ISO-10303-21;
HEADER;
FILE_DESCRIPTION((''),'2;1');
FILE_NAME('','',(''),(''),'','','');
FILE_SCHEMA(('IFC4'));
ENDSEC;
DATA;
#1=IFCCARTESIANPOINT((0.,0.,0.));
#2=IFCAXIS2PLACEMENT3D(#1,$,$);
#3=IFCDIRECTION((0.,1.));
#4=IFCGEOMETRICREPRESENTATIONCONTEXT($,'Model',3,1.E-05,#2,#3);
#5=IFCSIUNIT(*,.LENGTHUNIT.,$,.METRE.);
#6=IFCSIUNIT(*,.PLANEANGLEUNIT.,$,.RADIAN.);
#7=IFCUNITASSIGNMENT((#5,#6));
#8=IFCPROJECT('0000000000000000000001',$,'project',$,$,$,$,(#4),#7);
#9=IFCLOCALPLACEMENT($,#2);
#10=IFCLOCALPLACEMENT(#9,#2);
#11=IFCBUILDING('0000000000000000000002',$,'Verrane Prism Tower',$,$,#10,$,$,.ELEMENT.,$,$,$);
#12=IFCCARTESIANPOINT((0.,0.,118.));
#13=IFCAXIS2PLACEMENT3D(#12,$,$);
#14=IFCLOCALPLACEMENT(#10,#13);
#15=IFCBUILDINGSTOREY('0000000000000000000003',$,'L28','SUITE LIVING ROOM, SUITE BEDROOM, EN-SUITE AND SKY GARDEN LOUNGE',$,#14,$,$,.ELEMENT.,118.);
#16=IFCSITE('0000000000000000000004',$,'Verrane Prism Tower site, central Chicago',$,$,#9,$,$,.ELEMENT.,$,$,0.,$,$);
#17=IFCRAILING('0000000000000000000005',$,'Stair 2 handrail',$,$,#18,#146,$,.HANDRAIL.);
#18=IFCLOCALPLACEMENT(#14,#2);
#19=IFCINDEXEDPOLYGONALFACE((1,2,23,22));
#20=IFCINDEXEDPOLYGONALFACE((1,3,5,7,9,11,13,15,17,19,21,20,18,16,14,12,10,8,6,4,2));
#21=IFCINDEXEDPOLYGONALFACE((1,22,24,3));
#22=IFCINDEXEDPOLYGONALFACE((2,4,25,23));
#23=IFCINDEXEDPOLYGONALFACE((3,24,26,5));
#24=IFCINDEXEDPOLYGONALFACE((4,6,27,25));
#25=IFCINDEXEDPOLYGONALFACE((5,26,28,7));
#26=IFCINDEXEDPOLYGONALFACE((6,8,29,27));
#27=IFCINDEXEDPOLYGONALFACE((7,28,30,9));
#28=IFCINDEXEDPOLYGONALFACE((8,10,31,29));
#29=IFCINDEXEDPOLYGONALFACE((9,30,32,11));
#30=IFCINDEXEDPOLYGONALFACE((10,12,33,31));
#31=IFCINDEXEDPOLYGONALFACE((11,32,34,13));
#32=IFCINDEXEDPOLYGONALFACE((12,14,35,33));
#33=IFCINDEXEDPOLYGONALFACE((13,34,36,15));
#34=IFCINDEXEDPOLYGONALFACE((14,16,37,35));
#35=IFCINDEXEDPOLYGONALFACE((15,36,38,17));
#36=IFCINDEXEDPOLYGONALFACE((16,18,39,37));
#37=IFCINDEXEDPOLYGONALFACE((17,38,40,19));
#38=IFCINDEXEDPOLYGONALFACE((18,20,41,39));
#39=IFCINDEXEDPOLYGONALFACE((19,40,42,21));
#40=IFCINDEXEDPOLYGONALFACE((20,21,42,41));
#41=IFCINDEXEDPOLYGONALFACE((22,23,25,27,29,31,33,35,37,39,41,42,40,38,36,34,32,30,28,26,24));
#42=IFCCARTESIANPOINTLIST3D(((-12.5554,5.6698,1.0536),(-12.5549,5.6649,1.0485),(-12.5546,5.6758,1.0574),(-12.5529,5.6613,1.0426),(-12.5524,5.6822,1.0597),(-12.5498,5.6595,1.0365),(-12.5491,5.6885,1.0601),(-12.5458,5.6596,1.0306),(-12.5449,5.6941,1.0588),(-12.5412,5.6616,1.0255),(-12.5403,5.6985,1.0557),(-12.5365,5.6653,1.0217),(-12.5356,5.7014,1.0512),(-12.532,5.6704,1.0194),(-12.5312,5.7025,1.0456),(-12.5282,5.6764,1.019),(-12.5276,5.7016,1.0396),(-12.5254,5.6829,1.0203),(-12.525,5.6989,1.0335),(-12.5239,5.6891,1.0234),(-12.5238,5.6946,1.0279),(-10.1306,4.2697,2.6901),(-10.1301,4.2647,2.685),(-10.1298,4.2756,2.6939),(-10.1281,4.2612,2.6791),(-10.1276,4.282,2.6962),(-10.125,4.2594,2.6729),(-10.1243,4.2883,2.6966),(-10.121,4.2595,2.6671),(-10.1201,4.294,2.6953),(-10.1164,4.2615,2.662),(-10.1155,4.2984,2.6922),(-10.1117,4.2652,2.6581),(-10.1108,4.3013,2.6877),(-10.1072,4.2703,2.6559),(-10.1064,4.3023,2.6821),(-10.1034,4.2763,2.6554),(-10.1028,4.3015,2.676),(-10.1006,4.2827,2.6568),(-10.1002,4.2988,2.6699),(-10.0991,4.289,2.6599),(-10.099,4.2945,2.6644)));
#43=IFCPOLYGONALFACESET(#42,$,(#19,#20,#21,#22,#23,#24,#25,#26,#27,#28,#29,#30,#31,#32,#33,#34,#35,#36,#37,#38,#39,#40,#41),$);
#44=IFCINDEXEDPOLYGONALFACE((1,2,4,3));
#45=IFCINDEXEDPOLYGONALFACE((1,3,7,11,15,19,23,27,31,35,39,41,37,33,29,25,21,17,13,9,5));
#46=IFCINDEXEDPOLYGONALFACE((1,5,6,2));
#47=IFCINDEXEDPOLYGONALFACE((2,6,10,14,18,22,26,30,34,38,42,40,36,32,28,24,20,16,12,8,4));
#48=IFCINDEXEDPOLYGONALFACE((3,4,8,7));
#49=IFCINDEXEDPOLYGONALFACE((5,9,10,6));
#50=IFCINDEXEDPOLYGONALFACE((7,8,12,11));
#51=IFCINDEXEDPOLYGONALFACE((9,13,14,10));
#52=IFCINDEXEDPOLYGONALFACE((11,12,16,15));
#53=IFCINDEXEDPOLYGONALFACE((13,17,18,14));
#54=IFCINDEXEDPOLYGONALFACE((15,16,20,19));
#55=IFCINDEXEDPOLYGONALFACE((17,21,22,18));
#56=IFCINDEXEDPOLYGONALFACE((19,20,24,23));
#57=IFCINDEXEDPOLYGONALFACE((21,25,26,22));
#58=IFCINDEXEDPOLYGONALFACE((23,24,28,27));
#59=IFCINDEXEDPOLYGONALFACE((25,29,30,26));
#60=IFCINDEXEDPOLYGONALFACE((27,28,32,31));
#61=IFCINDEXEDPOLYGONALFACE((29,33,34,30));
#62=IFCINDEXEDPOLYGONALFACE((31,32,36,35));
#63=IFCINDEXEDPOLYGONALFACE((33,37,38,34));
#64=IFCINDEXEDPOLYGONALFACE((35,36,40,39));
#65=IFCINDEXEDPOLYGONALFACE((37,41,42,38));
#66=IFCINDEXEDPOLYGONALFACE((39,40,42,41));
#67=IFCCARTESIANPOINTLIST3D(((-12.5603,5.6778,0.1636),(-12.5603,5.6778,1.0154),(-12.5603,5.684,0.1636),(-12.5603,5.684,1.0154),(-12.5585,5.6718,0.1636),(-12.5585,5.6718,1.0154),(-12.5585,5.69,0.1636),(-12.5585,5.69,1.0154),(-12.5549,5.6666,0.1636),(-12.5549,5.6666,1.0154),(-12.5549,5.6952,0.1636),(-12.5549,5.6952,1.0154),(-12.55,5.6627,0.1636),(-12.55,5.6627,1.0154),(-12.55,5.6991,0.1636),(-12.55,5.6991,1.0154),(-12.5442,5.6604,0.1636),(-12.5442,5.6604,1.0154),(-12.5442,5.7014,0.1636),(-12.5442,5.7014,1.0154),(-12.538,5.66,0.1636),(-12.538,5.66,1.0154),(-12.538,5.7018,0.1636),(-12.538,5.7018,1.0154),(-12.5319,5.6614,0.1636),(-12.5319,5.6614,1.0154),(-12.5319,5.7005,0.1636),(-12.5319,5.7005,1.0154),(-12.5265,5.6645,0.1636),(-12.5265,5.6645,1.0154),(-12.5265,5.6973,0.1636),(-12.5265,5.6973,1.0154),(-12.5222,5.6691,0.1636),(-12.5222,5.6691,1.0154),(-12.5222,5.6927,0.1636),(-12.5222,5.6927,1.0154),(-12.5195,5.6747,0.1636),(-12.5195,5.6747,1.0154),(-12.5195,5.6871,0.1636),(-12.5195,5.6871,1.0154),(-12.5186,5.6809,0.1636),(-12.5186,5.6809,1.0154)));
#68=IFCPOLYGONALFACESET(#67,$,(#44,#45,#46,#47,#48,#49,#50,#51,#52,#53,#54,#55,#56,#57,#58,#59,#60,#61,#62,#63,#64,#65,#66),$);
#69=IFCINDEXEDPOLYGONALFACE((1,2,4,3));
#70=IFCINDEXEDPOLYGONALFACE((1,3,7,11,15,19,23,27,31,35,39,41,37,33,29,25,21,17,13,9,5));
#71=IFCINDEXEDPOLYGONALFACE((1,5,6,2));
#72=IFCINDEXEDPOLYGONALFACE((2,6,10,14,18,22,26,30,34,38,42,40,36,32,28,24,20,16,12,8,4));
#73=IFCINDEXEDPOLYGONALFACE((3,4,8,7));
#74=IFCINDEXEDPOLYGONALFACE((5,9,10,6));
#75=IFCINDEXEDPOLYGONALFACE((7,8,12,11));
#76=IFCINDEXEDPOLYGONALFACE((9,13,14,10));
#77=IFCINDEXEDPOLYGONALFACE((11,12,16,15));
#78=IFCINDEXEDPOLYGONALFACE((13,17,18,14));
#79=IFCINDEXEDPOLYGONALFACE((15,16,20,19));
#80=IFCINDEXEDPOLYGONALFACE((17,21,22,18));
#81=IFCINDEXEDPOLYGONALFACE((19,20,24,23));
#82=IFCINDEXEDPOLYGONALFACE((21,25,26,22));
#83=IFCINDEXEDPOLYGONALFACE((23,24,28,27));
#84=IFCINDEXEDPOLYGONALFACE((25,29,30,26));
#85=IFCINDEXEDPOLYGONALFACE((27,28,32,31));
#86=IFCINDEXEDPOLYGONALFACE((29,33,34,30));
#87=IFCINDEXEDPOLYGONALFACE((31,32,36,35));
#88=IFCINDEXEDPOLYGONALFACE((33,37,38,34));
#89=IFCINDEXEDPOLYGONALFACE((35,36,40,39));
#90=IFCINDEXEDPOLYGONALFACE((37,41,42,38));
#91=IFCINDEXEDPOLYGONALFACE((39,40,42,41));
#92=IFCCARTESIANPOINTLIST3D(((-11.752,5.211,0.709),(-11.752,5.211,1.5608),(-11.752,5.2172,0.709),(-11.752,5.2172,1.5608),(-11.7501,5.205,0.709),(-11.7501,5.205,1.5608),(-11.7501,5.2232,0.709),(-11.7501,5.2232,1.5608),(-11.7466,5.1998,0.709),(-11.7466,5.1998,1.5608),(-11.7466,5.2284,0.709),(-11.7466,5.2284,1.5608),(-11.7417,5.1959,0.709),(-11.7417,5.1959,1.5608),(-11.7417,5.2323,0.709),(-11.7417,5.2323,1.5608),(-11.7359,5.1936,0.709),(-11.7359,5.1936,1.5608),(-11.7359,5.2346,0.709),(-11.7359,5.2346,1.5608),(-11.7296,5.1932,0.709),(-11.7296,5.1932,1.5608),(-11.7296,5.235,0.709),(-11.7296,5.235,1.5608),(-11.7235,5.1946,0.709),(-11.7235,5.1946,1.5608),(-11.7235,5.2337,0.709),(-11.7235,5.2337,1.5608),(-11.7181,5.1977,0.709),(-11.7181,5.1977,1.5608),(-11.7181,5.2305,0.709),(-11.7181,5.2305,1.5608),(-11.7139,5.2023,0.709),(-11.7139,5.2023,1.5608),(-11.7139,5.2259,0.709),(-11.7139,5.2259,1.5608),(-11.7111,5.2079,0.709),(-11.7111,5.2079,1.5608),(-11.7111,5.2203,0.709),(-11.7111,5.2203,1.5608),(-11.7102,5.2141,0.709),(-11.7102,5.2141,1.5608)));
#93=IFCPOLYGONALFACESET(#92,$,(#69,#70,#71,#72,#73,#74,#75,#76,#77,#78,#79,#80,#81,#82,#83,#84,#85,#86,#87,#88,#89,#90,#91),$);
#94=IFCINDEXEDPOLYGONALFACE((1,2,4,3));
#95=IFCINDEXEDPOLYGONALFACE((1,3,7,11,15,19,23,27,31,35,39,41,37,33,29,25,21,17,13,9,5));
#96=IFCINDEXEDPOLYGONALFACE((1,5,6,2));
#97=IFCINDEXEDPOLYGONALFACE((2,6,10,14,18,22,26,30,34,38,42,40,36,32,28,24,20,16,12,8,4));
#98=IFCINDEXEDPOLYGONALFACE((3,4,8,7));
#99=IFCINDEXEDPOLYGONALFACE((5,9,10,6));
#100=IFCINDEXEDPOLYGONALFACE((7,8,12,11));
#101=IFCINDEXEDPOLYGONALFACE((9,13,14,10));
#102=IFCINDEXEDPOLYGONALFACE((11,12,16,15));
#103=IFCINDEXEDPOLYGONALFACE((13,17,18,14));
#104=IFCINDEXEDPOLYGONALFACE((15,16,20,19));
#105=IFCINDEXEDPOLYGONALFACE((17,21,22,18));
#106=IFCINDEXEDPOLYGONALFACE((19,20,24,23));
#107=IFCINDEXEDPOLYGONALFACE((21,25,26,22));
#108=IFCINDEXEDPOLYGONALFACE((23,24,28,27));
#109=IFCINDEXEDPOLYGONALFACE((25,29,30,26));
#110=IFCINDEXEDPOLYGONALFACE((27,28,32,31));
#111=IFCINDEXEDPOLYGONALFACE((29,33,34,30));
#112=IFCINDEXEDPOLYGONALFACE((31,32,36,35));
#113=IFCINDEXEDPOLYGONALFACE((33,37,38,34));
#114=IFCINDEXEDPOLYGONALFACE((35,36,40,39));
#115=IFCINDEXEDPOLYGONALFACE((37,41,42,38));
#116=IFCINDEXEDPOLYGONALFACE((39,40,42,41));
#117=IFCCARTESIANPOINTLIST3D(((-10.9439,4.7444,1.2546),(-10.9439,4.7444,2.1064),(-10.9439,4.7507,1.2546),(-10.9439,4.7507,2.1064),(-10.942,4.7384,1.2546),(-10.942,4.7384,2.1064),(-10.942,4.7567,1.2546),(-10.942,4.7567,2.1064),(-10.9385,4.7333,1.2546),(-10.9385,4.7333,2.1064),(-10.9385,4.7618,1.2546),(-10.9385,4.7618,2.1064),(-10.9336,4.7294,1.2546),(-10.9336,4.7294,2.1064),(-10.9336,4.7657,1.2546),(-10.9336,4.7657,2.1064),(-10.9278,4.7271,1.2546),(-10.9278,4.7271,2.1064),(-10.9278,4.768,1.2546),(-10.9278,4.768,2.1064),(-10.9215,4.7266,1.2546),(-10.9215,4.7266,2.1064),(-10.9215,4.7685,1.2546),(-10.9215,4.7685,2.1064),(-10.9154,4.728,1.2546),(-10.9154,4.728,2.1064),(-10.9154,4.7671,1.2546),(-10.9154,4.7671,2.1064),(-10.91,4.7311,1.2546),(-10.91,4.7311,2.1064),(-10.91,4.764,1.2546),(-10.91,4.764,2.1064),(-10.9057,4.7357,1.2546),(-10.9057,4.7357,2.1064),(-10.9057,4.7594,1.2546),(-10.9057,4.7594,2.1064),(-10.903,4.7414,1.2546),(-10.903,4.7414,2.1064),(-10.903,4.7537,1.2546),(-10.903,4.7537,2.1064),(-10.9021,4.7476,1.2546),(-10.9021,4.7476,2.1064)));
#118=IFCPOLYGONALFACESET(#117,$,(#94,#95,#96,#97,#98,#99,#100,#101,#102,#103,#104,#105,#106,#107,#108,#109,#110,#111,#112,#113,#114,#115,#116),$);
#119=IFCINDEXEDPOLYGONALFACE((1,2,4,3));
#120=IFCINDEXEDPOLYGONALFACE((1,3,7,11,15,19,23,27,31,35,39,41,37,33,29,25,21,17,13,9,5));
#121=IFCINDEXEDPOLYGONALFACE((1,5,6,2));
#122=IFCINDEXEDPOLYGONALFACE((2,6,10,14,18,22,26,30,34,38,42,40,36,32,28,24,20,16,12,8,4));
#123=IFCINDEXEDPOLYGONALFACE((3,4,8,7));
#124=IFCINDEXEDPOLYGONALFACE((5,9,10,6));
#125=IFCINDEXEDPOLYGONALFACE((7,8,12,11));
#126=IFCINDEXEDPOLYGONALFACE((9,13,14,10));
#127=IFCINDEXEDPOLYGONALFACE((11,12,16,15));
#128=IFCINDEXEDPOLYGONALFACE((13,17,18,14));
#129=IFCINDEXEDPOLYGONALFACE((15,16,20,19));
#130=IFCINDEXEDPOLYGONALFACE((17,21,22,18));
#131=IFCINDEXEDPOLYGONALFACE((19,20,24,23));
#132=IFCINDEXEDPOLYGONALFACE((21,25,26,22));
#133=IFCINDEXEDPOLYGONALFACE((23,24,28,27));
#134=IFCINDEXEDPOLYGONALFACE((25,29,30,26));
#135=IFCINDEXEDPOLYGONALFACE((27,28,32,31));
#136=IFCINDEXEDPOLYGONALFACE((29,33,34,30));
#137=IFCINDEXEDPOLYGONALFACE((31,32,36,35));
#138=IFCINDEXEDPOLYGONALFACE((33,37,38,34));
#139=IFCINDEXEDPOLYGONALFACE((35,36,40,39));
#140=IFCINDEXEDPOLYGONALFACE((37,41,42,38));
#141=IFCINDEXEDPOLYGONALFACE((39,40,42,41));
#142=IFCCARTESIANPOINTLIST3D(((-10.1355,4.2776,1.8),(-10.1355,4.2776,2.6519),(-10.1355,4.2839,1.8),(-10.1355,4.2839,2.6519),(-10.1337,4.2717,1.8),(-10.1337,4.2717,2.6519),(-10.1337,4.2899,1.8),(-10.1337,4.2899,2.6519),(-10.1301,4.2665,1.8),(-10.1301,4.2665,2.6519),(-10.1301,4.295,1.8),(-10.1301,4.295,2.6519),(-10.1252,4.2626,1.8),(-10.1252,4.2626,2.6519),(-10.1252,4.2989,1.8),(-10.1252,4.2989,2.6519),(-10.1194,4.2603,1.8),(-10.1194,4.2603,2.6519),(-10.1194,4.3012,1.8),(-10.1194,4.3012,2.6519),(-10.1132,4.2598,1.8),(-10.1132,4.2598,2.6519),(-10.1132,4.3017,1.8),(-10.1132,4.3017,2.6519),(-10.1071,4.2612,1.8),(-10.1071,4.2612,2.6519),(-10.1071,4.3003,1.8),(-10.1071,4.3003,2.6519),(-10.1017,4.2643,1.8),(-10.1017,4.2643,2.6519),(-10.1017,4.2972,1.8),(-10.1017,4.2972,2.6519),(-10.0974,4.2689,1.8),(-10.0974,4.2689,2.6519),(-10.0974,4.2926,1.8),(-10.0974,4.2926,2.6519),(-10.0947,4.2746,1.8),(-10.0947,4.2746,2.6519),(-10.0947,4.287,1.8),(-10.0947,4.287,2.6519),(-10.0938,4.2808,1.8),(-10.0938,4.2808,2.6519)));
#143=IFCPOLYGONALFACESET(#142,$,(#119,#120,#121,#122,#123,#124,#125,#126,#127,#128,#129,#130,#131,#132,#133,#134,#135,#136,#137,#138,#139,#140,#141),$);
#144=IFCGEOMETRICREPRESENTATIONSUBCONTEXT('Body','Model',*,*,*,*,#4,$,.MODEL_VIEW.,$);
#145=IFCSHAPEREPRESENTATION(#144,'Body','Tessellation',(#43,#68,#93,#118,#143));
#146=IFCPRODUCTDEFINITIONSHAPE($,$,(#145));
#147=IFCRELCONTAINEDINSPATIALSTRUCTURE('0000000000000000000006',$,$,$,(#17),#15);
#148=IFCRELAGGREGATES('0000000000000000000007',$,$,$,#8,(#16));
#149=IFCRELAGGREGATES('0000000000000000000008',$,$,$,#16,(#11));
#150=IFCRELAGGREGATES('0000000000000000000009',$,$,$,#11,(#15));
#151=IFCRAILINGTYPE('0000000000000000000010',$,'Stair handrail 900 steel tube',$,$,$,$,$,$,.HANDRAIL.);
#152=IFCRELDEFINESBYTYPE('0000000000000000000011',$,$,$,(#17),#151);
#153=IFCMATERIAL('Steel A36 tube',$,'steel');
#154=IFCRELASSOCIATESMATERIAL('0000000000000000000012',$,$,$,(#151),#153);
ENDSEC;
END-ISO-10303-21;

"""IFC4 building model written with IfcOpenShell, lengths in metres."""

from ifc_helpers import new_model, si_unit, direction, frame, origin, origin_2d, place, context, subcontext, project, spatial, circle, extrude, material, type_object, element, save


model = new_model("IFC4")

# Units and contexts
model_context = context("Model", 3, precision=1e-05, world=origin(), true_north=direction((0.0, 1.0)))
body_context = subcontext(model_context, "Body", "Model", "MODEL_VIEW")
ifc_project = project(units=[si_unit("LENGTHUNIT", "METRE"), si_unit("PLANEANGLEUNIT", "RADIAN")], contexts=[model_context])

# Site, building, storey
site_placement = place(None, origin())
site = spatial("IfcSite", under=ifc_project, at=site_placement, Name="Verrane Prism Tower site, central Chicago", CompositionType="ELEMENT", RefElevation=0.0)
building_placement = place(site_placement, origin())
building = spatial("IfcBuilding", under=site, at=building_placement, Name="Verrane Prism Tower", CompositionType="ELEMENT")
storey_placement = place(building_placement, frame((0.0, 0.0, 118.0)))
storey = spatial("IfcBuildingStorey", under=building, at=storey_placement, Name="L28", Description="SUITE LIVING ROOM, SUITE BEDROOM, EN-SUITE AND SKY GARDEN LOUNGE", CompositionType="ELEMENT", Elevation=118.0)

# Railing
ifc_material_1 = material(Name="Steel A36 tube", Category="steel")
railing_type_1 = type_object("IfcRailingType", Name="Stair handrail 900 steel tube", PredefinedType="HANDRAIL", material=ifc_material_1)
railing_1_placement = place(storey_placement, frame((-12.5396, 5.6809, 0.1636)))
element("IfcRailing", 1, at=railing_1_placement, inside=storey, type_object=railing_type_1, Name="Stair 2 handrail", PredefinedType="HANDRAIL", context=body_context, shape_type="SweptSolid", body=[
    extrude(circle(Radius=0.0239, at=origin_2d()), frame((0.0, 0.0, 0.876), z_axis=(0.747666, -0.431722, 0.504591), x_axis=(0.50005, 0.865997, 0.0)), (0.0, 0.0, 1.0), 3.2432),
    extrude(circle(Radius=0.021, at=origin_2d()), origin(), (0.0, 0.0, 1.0), 0.8518),
    extrude(circle(Radius=0.021, at=origin_2d()), frame((0.8083, -0.4668, 0.5454)), (0.0, 0.0, 1.0), 0.8518),
    extrude(circle(Radius=0.021, at=origin_2d()), frame((1.6165, -0.9333, 1.0911)), (0.0, 0.0, 1.0), 0.8518),
    extrude(circle(Radius=0.021, at=origin_2d()), frame((2.4248, -1.4001, 1.6365)), (0.0, 0.0, 1.0), 0.8518),
])

save(model, "model.ifc")
